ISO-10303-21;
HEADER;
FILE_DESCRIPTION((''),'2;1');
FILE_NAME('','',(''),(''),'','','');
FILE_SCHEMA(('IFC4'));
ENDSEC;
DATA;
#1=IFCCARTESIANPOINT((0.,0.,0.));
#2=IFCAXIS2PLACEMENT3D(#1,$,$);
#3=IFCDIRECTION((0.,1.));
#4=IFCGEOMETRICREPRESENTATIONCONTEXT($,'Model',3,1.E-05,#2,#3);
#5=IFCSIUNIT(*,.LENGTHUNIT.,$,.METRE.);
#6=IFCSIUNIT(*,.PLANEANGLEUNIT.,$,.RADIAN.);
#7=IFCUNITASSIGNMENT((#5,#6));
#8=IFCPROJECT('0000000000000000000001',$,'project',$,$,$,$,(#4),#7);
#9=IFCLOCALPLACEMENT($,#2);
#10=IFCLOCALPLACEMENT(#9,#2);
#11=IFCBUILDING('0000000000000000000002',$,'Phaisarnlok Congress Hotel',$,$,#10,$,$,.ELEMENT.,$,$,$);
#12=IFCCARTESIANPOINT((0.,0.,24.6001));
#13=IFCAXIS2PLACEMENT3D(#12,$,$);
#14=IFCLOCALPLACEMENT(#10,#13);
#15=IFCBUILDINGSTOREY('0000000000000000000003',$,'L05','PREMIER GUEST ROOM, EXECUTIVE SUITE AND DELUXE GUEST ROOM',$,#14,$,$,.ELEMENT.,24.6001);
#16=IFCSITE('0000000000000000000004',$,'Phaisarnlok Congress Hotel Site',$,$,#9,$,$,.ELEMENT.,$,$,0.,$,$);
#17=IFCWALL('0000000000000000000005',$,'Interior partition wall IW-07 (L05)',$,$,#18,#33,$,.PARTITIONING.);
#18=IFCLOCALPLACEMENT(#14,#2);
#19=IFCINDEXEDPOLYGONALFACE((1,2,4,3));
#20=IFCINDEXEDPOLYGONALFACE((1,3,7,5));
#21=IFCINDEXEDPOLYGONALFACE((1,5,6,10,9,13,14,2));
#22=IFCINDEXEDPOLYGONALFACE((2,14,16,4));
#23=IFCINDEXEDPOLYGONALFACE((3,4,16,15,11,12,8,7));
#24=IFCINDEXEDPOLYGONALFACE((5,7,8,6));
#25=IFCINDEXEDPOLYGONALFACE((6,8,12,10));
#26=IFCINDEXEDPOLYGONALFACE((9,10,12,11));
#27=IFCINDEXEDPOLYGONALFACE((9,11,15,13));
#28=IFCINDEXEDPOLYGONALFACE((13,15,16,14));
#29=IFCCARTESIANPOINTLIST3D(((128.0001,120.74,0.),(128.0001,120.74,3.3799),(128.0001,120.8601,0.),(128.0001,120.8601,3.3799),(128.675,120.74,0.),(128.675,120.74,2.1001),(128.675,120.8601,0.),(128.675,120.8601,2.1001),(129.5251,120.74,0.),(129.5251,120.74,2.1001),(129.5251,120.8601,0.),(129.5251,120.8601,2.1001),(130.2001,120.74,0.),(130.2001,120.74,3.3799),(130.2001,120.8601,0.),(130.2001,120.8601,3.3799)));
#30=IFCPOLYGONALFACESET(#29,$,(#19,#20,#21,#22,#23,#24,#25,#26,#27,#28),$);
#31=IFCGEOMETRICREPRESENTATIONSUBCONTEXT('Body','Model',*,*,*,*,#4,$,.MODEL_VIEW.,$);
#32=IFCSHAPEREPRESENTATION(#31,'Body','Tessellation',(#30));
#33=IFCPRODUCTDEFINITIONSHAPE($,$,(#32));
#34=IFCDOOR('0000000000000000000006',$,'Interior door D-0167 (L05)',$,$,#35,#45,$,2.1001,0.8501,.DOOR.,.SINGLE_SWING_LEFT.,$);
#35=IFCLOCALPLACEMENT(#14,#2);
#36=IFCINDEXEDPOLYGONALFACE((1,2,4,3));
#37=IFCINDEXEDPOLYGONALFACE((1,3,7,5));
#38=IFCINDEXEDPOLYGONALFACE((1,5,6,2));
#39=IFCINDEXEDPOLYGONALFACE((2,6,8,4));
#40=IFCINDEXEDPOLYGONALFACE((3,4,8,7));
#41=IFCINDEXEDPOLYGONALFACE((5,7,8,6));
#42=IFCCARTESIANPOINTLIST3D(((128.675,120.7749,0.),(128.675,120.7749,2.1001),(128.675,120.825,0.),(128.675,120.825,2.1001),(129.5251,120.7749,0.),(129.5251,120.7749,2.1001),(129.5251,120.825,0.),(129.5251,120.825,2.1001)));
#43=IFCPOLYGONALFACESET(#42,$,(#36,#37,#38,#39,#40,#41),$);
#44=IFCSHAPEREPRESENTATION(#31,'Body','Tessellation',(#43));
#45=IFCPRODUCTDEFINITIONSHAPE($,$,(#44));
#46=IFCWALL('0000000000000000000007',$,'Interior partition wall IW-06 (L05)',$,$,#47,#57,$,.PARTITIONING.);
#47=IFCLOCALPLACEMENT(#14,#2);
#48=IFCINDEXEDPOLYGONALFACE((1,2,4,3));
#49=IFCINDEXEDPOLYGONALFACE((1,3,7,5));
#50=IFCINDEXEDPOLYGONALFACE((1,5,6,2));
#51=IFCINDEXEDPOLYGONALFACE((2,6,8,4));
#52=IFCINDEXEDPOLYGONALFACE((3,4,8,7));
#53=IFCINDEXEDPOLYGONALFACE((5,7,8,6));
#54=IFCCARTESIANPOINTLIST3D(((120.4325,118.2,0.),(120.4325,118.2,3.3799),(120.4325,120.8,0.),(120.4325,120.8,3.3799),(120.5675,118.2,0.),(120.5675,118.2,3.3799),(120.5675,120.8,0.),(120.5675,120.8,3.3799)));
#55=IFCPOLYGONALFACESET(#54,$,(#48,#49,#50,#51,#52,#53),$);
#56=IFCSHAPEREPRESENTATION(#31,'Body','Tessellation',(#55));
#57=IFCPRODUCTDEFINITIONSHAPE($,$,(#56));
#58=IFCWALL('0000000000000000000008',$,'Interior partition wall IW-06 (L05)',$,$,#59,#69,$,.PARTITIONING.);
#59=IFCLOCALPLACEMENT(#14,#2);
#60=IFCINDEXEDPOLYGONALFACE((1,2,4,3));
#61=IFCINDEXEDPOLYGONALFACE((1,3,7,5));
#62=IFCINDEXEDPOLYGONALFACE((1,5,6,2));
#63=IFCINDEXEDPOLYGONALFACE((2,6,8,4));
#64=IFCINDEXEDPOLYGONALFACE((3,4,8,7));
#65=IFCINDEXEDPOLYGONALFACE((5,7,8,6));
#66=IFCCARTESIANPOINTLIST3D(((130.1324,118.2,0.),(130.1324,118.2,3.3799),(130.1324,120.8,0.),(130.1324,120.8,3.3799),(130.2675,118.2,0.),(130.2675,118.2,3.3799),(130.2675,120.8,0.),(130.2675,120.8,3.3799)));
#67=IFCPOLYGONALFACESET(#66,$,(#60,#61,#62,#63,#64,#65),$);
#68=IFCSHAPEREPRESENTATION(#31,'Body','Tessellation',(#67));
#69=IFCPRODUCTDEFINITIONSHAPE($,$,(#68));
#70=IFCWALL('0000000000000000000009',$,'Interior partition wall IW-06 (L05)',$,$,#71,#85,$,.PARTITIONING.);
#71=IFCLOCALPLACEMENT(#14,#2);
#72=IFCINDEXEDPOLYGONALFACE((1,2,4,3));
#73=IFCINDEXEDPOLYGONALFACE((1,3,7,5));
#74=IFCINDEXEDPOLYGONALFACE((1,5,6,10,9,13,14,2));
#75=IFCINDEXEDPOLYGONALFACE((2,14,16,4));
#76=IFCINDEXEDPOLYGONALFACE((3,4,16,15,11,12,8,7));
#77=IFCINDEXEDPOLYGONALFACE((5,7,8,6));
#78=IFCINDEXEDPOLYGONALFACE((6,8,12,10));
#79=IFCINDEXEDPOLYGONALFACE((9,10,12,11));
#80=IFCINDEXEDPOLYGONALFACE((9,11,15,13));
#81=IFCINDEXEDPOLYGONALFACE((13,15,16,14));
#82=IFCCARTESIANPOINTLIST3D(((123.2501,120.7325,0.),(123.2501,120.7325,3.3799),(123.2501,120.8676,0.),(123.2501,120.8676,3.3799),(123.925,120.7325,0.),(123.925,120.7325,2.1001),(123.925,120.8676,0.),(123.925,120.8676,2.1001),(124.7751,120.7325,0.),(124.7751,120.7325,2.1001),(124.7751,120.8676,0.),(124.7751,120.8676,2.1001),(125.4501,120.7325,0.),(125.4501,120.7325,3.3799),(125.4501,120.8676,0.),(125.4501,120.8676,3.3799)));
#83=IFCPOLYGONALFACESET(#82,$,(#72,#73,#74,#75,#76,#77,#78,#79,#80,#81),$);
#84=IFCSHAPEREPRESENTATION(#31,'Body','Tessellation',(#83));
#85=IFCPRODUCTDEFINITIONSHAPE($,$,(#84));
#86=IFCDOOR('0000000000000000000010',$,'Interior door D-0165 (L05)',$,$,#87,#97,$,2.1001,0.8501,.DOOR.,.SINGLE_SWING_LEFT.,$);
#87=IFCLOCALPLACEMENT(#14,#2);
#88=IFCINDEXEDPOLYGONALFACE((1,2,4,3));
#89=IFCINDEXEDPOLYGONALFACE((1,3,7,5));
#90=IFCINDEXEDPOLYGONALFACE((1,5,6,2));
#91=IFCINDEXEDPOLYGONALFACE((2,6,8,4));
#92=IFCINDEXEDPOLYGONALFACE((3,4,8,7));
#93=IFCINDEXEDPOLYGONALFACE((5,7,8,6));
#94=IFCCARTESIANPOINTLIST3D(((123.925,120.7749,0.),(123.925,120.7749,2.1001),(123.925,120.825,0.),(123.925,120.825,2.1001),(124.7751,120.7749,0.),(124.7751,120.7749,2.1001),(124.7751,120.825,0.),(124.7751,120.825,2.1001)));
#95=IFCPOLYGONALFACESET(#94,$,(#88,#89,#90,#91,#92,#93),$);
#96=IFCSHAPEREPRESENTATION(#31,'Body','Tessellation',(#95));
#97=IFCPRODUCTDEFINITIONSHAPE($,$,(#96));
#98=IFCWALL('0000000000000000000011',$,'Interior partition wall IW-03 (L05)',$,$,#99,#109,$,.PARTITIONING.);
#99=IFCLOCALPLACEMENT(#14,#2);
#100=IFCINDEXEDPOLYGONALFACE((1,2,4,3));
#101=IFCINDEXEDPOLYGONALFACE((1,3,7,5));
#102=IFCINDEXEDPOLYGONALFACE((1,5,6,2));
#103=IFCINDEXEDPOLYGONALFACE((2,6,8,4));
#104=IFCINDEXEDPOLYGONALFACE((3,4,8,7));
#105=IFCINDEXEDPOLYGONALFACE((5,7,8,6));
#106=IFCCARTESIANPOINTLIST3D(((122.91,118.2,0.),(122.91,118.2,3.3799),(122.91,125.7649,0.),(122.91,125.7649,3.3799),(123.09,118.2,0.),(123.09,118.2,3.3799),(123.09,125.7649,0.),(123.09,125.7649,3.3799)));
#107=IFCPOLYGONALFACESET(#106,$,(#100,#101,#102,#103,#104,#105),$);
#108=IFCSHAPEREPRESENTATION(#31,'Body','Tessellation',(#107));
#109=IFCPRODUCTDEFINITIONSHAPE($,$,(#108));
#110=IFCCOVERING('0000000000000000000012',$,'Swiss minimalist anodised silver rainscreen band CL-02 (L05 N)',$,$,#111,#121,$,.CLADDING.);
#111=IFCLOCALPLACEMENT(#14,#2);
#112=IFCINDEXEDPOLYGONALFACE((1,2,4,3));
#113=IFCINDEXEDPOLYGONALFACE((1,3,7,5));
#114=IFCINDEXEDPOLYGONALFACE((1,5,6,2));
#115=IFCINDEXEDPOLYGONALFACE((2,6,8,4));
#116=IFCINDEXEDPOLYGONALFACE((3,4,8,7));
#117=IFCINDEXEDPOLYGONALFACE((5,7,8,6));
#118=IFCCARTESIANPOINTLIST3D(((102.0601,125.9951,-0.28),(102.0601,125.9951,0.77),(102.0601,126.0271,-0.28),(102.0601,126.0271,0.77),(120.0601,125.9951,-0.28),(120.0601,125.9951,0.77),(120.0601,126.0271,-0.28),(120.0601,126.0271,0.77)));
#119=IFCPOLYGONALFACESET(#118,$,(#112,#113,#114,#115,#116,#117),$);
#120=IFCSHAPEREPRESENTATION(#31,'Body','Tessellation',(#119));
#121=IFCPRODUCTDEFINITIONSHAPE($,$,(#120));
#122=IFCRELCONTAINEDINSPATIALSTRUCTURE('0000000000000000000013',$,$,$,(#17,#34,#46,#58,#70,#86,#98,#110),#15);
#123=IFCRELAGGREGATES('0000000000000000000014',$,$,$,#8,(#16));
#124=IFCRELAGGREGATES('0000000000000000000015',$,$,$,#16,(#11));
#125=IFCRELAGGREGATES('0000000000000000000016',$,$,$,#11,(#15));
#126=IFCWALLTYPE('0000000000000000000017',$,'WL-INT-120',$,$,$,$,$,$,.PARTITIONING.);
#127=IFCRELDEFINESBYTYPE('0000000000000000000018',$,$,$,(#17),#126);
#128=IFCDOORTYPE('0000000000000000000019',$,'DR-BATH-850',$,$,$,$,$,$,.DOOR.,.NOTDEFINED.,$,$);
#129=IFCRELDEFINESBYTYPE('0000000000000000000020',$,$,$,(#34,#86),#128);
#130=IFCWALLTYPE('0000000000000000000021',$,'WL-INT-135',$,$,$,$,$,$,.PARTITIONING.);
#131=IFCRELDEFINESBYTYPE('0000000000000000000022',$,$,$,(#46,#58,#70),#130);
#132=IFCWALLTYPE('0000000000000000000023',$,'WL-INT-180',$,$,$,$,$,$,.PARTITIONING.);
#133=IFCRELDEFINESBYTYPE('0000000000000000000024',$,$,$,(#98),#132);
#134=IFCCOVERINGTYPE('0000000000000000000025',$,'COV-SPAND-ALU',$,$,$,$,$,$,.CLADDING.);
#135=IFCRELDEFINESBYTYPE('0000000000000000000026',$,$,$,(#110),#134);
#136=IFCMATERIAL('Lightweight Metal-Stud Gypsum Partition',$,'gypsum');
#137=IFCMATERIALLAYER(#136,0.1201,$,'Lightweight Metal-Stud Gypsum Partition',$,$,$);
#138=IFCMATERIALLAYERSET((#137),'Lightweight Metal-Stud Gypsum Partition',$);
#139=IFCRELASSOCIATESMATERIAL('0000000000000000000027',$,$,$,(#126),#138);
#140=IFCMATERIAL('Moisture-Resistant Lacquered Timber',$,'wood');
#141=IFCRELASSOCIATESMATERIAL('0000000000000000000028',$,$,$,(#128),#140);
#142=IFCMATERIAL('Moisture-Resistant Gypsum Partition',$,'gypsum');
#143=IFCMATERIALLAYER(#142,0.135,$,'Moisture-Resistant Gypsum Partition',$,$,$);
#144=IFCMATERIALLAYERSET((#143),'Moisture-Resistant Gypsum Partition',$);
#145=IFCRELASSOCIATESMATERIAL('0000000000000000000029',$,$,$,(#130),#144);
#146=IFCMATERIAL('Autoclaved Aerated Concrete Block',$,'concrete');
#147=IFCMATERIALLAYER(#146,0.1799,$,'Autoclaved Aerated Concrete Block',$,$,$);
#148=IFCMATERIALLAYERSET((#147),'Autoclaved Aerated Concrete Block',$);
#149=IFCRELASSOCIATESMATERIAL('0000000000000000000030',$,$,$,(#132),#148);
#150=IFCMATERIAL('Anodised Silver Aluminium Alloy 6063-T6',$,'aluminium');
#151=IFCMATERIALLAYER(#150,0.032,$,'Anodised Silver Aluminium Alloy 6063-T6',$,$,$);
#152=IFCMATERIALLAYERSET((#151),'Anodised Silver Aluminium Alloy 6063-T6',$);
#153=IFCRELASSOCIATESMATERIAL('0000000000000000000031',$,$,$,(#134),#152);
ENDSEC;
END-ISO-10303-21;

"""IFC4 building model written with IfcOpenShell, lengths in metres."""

from ifc_helpers import new_model, si_unit, direction, frame, frame_2d, origin, place, context, subcontext, project, spatial, polyline, rectangle, outline, extrude, material, layer, layer_set, type_object, element, fill, save


model = new_model("IFC4")

# Units and contexts
model_context = context("Model", 3, precision=1e-05, world=origin(), true_north=direction((0.0, 1.0)))
body_context = subcontext(model_context, "Body", "Model", "MODEL_VIEW")
ifc_project = project(units=[si_unit("LENGTHUNIT", "METRE"), si_unit("PLANEANGLEUNIT", "RADIAN")], contexts=[model_context])

# Site, building, storey
site_placement = place(None, origin())
site = spatial("IfcSite", under=ifc_project, at=site_placement, Name="Phaisarnlok Congress Hotel Site", CompositionType="ELEMENT", RefElevation=0.0)
building_placement = place(site_placement, origin())
building = spatial("IfcBuilding", under=site, at=building_placement, Name="Phaisarnlok Congress Hotel", CompositionType="ELEMENT")
storey_placement = place(building_placement, frame((0.0, 0.0, 24.6001)))
storey = spatial("IfcBuildingStorey", under=building, at=storey_placement, Name="L05", Description="PREMIER GUEST ROOM, EXECUTIVE SUITE AND DELUXE GUEST ROOM", CompositionType="ELEMENT", Elevation=24.6001)

# Shared definitions
ifc_material_1 = material(Name="Lightweight Metal-Stud Gypsum Partition", Category="gypsum")
ifc_layer_1 = layer(ifc_material_1, 0.1201, Name="Lightweight Metal-Stud Gypsum Partition")
ifc_layer_set_1 = layer_set([ifc_layer_1], Name="Lightweight Metal-Stud Gypsum Partition")
wall_type_1 = type_object("IfcWallType", Name="WL-INT-120", PredefinedType="PARTITIONING", material=ifc_layer_set_1)

# Wall, opening, door
ifc_material_2 = material(Name="Moisture-Resistant Lacquered Timber", Category="wood")
door_type = type_object("IfcDoorType", Name="DR-BATH-850", OperationType="NOTDEFINED", PredefinedType="DOOR", material=ifc_material_2)
wall_1_placement = place(storey_placement, frame((128.0, 120.8, 0.0), z_axis=(0.0, 0.0, 1.0), x_axis=(1.0, 0.0, 0.0)))
wall_1 = element("IfcWall", 1, at=wall_1_placement, inside=storey, type_object=wall_type_1, Name="Interior partition wall IW-07 (L05)", PredefinedType="PARTITIONING", context=body_context, shape_type="SweptSolid", body=[
    extrude(rectangle(XDim=2.2, YDim=0.1201, at=frame_2d((1.1001, 0.0))), origin(), (0.0, 0.0, 1.0), 3.3799),
])
opening_1_placement = place(wall_1_placement, frame((0.675, 0.0, 0.0)))
opening_1 = element("IfcOpeningElement", 2, at=opening_1_placement, cuts=wall_1, PredefinedType="OPENING", context=body_context, shape_type="SweptSolid", body=[
    extrude(rectangle(XDim=0.8501, YDim=2.1001, at=frame_2d((0.425, 1.05))), frame((0.0, 0.0701, 0.0), z_axis=(0.0, -1.0, 0.0), x_axis=(1.0, 0.0, 0.0)), (0.0, 0.0, 1.0), 0.1401),
])
door_1_placement = place(opening_1_placement, origin())
door_1 = element("IfcDoor", 3, at=door_1_placement, inside=storey, type_object=door_type, Name="Interior door D-0167 (L05)", OperationType="SINGLE_SWING_LEFT", OverallHeight=2.1001, OverallWidth=0.8501, PredefinedType="DOOR", context=body_context, shape_type="SweptSolid", body=[
    extrude(rectangle(XDim=0.8501, YDim=2.1001, at=frame_2d((0.425, 1.05))), frame((0.0, 0.0249, 0.0), z_axis=(0.0, -1.0, 0.0), x_axis=(1.0, 0.0, 0.0)), (0.0, 0.0, 1.0), 0.05),
])
fill(opening_1, door_1)

# Walls
ifc_material_3 = material(Name="Moisture-Resistant Gypsum Partition", Category="gypsum")
ifc_layer_2 = layer(ifc_material_3, 0.135, Name="Moisture-Resistant Gypsum Partition")
ifc_layer_set_2 = layer_set([ifc_layer_2], Name="Moisture-Resistant Gypsum Partition")
wall_type_2 = type_object("IfcWallType", Name="WL-INT-135", PredefinedType="PARTITIONING", material=ifc_layer_set_2)
for number, where, z_axis, x_axis, name in (
    (4, (120.5, 118.2, 0.0), (0.0, 0.0, 1.0), (0.0, 1.0, 0.0), "Interior partition wall IW-06 (L05)"),
    (5, (130.2, 118.2, 0.0), (0.0, 0.0, 1.0), (0.0, 1.0, 0.0), "Interior partition wall IW-06 (L05)"),
):
    element("IfcWall", number, at=place(storey_placement, frame(where, z_axis=z_axis, x_axis=x_axis)), inside=storey, type_object=wall_type_2, Name=name, PredefinedType="PARTITIONING", context=body_context, shape_type="SweptSolid", body=[
        extrude(rectangle(XDim=2.6001, YDim=0.135, at=frame_2d((1.3, 0.0))), origin(), (0.0, 0.0, 1.0), 3.3799),
    ])

# Wall, opening, door
wall_2_placement = place(storey_placement, frame((123.25, 120.8, 0.0), z_axis=(0.0, 0.0, 1.0), x_axis=(1.0, 0.0, 0.0)))
wall_2 = element("IfcWall", 6, at=wall_2_placement, inside=storey, type_object=wall_type_2, Name="Interior partition wall IW-06 (L05)", PredefinedType="PARTITIONING", context=body_context, shape_type="SweptSolid", body=[
    extrude(rectangle(XDim=2.2, YDim=0.135, at=frame_2d((1.1001, 0.0))), origin(), (0.0, 0.0, 1.0), 3.3799),
])
opening_2_placement = place(wall_2_placement, frame((0.675, 0.0, 0.0)))
opening_2 = element("IfcOpeningElement", 7, at=opening_2_placement, cuts=wall_2, PredefinedType="OPENING", context=body_context, shape_type="SweptSolid", body=[
    extrude(rectangle(XDim=0.8501, YDim=2.1001, at=frame_2d((0.425, 1.05))), frame((0.0, 0.0776, 0.0), z_axis=(0.0, -1.0, 0.0), x_axis=(1.0, 0.0, 0.0)), (0.0, 0.0, 1.0), 0.155),
])
door_2_placement = place(opening_2_placement, origin())
door_2 = element("IfcDoor", 8, at=door_2_placement, inside=storey, type_object=door_type, Name="Interior door D-0165 (L05)", OperationType="SINGLE_SWING_LEFT", OverallHeight=2.1001, OverallWidth=0.8501, PredefinedType="DOOR", context=body_context, shape_type="SweptSolid", body=[
    extrude(rectangle(XDim=0.8501, YDim=2.1001, at=frame_2d((0.425, 1.05))), frame((0.0, 0.0249, 0.0), z_axis=(0.0, -1.0, 0.0), x_axis=(1.0, 0.0, 0.0)), (0.0, 0.0, 1.0), 0.05),
])
fill(opening_2, door_2)

# Wall
ifc_material_4 = material(Name="Autoclaved Aerated Concrete Block", Category="concrete")
ifc_layer_3 = layer(ifc_material_4, 0.1799, Name="Autoclaved Aerated Concrete Block")
ifc_layer_set_3 = layer_set([ifc_layer_3], Name="Autoclaved Aerated Concrete Block")
wall_type_3 = type_object("IfcWallType", Name="WL-INT-180", PredefinedType="PARTITIONING", material=ifc_layer_set_3)
wall_3_placement = place(storey_placement, frame((123.0, 118.2, 0.0), z_axis=(0.0, 0.0, 1.0), x_axis=(0.0, 1.0, 0.0)))
element("IfcWall", 9, at=wall_3_placement, inside=storey, type_object=wall_type_3, Name="Interior partition wall IW-03 (L05)", PredefinedType="PARTITIONING", context=body_context, shape_type="SweptSolid", body=[
    extrude(rectangle(XDim=7.5649, YDim=0.1799, at=frame_2d((3.7825, 0.0))), origin(), (0.0, 0.0, 1.0), 3.3799),
])

# Covering
ifc_material_5 = material(Name="Anodised Silver Aluminium Alloy 6063-T6", Category="aluminium")
ifc_layer_4 = layer(ifc_material_5, 0.032, Name="Anodised Silver Aluminium Alloy 6063-T6")
ifc_layer_set_4 = layer_set([ifc_layer_4], Name="Anodised Silver Aluminium Alloy 6063-T6")
covering_type = type_object("IfcCoveringType", Name="COV-SPAND-ALU", PredefinedType="CLADDING", material=ifc_layer_set_4)
covering_placement = place(storey_placement, frame((120.0601, 125.9951, -0.28), z_axis=(0.0, 1.0, 0.0), x_axis=(-1.0, 0.0, 0.0)))
element("IfcCovering", 10, at=covering_placement, inside=storey, type_object=covering_type, Name="Swiss minimalist anodised silver rainscreen band CL-02 (L05 N)", PredefinedType="CLADDING", context=body_context, shape_type="SweptSolid", body=[
    extrude(outline(polyline([(0.0, 0.0), (18.0, 0.0), (18.0, 1.05), (0.0, 1.05), (0.0, 0.0)])), origin(), (0.0, 0.0, 1.0), 0.032),
])

save(model, "model.ifc")
